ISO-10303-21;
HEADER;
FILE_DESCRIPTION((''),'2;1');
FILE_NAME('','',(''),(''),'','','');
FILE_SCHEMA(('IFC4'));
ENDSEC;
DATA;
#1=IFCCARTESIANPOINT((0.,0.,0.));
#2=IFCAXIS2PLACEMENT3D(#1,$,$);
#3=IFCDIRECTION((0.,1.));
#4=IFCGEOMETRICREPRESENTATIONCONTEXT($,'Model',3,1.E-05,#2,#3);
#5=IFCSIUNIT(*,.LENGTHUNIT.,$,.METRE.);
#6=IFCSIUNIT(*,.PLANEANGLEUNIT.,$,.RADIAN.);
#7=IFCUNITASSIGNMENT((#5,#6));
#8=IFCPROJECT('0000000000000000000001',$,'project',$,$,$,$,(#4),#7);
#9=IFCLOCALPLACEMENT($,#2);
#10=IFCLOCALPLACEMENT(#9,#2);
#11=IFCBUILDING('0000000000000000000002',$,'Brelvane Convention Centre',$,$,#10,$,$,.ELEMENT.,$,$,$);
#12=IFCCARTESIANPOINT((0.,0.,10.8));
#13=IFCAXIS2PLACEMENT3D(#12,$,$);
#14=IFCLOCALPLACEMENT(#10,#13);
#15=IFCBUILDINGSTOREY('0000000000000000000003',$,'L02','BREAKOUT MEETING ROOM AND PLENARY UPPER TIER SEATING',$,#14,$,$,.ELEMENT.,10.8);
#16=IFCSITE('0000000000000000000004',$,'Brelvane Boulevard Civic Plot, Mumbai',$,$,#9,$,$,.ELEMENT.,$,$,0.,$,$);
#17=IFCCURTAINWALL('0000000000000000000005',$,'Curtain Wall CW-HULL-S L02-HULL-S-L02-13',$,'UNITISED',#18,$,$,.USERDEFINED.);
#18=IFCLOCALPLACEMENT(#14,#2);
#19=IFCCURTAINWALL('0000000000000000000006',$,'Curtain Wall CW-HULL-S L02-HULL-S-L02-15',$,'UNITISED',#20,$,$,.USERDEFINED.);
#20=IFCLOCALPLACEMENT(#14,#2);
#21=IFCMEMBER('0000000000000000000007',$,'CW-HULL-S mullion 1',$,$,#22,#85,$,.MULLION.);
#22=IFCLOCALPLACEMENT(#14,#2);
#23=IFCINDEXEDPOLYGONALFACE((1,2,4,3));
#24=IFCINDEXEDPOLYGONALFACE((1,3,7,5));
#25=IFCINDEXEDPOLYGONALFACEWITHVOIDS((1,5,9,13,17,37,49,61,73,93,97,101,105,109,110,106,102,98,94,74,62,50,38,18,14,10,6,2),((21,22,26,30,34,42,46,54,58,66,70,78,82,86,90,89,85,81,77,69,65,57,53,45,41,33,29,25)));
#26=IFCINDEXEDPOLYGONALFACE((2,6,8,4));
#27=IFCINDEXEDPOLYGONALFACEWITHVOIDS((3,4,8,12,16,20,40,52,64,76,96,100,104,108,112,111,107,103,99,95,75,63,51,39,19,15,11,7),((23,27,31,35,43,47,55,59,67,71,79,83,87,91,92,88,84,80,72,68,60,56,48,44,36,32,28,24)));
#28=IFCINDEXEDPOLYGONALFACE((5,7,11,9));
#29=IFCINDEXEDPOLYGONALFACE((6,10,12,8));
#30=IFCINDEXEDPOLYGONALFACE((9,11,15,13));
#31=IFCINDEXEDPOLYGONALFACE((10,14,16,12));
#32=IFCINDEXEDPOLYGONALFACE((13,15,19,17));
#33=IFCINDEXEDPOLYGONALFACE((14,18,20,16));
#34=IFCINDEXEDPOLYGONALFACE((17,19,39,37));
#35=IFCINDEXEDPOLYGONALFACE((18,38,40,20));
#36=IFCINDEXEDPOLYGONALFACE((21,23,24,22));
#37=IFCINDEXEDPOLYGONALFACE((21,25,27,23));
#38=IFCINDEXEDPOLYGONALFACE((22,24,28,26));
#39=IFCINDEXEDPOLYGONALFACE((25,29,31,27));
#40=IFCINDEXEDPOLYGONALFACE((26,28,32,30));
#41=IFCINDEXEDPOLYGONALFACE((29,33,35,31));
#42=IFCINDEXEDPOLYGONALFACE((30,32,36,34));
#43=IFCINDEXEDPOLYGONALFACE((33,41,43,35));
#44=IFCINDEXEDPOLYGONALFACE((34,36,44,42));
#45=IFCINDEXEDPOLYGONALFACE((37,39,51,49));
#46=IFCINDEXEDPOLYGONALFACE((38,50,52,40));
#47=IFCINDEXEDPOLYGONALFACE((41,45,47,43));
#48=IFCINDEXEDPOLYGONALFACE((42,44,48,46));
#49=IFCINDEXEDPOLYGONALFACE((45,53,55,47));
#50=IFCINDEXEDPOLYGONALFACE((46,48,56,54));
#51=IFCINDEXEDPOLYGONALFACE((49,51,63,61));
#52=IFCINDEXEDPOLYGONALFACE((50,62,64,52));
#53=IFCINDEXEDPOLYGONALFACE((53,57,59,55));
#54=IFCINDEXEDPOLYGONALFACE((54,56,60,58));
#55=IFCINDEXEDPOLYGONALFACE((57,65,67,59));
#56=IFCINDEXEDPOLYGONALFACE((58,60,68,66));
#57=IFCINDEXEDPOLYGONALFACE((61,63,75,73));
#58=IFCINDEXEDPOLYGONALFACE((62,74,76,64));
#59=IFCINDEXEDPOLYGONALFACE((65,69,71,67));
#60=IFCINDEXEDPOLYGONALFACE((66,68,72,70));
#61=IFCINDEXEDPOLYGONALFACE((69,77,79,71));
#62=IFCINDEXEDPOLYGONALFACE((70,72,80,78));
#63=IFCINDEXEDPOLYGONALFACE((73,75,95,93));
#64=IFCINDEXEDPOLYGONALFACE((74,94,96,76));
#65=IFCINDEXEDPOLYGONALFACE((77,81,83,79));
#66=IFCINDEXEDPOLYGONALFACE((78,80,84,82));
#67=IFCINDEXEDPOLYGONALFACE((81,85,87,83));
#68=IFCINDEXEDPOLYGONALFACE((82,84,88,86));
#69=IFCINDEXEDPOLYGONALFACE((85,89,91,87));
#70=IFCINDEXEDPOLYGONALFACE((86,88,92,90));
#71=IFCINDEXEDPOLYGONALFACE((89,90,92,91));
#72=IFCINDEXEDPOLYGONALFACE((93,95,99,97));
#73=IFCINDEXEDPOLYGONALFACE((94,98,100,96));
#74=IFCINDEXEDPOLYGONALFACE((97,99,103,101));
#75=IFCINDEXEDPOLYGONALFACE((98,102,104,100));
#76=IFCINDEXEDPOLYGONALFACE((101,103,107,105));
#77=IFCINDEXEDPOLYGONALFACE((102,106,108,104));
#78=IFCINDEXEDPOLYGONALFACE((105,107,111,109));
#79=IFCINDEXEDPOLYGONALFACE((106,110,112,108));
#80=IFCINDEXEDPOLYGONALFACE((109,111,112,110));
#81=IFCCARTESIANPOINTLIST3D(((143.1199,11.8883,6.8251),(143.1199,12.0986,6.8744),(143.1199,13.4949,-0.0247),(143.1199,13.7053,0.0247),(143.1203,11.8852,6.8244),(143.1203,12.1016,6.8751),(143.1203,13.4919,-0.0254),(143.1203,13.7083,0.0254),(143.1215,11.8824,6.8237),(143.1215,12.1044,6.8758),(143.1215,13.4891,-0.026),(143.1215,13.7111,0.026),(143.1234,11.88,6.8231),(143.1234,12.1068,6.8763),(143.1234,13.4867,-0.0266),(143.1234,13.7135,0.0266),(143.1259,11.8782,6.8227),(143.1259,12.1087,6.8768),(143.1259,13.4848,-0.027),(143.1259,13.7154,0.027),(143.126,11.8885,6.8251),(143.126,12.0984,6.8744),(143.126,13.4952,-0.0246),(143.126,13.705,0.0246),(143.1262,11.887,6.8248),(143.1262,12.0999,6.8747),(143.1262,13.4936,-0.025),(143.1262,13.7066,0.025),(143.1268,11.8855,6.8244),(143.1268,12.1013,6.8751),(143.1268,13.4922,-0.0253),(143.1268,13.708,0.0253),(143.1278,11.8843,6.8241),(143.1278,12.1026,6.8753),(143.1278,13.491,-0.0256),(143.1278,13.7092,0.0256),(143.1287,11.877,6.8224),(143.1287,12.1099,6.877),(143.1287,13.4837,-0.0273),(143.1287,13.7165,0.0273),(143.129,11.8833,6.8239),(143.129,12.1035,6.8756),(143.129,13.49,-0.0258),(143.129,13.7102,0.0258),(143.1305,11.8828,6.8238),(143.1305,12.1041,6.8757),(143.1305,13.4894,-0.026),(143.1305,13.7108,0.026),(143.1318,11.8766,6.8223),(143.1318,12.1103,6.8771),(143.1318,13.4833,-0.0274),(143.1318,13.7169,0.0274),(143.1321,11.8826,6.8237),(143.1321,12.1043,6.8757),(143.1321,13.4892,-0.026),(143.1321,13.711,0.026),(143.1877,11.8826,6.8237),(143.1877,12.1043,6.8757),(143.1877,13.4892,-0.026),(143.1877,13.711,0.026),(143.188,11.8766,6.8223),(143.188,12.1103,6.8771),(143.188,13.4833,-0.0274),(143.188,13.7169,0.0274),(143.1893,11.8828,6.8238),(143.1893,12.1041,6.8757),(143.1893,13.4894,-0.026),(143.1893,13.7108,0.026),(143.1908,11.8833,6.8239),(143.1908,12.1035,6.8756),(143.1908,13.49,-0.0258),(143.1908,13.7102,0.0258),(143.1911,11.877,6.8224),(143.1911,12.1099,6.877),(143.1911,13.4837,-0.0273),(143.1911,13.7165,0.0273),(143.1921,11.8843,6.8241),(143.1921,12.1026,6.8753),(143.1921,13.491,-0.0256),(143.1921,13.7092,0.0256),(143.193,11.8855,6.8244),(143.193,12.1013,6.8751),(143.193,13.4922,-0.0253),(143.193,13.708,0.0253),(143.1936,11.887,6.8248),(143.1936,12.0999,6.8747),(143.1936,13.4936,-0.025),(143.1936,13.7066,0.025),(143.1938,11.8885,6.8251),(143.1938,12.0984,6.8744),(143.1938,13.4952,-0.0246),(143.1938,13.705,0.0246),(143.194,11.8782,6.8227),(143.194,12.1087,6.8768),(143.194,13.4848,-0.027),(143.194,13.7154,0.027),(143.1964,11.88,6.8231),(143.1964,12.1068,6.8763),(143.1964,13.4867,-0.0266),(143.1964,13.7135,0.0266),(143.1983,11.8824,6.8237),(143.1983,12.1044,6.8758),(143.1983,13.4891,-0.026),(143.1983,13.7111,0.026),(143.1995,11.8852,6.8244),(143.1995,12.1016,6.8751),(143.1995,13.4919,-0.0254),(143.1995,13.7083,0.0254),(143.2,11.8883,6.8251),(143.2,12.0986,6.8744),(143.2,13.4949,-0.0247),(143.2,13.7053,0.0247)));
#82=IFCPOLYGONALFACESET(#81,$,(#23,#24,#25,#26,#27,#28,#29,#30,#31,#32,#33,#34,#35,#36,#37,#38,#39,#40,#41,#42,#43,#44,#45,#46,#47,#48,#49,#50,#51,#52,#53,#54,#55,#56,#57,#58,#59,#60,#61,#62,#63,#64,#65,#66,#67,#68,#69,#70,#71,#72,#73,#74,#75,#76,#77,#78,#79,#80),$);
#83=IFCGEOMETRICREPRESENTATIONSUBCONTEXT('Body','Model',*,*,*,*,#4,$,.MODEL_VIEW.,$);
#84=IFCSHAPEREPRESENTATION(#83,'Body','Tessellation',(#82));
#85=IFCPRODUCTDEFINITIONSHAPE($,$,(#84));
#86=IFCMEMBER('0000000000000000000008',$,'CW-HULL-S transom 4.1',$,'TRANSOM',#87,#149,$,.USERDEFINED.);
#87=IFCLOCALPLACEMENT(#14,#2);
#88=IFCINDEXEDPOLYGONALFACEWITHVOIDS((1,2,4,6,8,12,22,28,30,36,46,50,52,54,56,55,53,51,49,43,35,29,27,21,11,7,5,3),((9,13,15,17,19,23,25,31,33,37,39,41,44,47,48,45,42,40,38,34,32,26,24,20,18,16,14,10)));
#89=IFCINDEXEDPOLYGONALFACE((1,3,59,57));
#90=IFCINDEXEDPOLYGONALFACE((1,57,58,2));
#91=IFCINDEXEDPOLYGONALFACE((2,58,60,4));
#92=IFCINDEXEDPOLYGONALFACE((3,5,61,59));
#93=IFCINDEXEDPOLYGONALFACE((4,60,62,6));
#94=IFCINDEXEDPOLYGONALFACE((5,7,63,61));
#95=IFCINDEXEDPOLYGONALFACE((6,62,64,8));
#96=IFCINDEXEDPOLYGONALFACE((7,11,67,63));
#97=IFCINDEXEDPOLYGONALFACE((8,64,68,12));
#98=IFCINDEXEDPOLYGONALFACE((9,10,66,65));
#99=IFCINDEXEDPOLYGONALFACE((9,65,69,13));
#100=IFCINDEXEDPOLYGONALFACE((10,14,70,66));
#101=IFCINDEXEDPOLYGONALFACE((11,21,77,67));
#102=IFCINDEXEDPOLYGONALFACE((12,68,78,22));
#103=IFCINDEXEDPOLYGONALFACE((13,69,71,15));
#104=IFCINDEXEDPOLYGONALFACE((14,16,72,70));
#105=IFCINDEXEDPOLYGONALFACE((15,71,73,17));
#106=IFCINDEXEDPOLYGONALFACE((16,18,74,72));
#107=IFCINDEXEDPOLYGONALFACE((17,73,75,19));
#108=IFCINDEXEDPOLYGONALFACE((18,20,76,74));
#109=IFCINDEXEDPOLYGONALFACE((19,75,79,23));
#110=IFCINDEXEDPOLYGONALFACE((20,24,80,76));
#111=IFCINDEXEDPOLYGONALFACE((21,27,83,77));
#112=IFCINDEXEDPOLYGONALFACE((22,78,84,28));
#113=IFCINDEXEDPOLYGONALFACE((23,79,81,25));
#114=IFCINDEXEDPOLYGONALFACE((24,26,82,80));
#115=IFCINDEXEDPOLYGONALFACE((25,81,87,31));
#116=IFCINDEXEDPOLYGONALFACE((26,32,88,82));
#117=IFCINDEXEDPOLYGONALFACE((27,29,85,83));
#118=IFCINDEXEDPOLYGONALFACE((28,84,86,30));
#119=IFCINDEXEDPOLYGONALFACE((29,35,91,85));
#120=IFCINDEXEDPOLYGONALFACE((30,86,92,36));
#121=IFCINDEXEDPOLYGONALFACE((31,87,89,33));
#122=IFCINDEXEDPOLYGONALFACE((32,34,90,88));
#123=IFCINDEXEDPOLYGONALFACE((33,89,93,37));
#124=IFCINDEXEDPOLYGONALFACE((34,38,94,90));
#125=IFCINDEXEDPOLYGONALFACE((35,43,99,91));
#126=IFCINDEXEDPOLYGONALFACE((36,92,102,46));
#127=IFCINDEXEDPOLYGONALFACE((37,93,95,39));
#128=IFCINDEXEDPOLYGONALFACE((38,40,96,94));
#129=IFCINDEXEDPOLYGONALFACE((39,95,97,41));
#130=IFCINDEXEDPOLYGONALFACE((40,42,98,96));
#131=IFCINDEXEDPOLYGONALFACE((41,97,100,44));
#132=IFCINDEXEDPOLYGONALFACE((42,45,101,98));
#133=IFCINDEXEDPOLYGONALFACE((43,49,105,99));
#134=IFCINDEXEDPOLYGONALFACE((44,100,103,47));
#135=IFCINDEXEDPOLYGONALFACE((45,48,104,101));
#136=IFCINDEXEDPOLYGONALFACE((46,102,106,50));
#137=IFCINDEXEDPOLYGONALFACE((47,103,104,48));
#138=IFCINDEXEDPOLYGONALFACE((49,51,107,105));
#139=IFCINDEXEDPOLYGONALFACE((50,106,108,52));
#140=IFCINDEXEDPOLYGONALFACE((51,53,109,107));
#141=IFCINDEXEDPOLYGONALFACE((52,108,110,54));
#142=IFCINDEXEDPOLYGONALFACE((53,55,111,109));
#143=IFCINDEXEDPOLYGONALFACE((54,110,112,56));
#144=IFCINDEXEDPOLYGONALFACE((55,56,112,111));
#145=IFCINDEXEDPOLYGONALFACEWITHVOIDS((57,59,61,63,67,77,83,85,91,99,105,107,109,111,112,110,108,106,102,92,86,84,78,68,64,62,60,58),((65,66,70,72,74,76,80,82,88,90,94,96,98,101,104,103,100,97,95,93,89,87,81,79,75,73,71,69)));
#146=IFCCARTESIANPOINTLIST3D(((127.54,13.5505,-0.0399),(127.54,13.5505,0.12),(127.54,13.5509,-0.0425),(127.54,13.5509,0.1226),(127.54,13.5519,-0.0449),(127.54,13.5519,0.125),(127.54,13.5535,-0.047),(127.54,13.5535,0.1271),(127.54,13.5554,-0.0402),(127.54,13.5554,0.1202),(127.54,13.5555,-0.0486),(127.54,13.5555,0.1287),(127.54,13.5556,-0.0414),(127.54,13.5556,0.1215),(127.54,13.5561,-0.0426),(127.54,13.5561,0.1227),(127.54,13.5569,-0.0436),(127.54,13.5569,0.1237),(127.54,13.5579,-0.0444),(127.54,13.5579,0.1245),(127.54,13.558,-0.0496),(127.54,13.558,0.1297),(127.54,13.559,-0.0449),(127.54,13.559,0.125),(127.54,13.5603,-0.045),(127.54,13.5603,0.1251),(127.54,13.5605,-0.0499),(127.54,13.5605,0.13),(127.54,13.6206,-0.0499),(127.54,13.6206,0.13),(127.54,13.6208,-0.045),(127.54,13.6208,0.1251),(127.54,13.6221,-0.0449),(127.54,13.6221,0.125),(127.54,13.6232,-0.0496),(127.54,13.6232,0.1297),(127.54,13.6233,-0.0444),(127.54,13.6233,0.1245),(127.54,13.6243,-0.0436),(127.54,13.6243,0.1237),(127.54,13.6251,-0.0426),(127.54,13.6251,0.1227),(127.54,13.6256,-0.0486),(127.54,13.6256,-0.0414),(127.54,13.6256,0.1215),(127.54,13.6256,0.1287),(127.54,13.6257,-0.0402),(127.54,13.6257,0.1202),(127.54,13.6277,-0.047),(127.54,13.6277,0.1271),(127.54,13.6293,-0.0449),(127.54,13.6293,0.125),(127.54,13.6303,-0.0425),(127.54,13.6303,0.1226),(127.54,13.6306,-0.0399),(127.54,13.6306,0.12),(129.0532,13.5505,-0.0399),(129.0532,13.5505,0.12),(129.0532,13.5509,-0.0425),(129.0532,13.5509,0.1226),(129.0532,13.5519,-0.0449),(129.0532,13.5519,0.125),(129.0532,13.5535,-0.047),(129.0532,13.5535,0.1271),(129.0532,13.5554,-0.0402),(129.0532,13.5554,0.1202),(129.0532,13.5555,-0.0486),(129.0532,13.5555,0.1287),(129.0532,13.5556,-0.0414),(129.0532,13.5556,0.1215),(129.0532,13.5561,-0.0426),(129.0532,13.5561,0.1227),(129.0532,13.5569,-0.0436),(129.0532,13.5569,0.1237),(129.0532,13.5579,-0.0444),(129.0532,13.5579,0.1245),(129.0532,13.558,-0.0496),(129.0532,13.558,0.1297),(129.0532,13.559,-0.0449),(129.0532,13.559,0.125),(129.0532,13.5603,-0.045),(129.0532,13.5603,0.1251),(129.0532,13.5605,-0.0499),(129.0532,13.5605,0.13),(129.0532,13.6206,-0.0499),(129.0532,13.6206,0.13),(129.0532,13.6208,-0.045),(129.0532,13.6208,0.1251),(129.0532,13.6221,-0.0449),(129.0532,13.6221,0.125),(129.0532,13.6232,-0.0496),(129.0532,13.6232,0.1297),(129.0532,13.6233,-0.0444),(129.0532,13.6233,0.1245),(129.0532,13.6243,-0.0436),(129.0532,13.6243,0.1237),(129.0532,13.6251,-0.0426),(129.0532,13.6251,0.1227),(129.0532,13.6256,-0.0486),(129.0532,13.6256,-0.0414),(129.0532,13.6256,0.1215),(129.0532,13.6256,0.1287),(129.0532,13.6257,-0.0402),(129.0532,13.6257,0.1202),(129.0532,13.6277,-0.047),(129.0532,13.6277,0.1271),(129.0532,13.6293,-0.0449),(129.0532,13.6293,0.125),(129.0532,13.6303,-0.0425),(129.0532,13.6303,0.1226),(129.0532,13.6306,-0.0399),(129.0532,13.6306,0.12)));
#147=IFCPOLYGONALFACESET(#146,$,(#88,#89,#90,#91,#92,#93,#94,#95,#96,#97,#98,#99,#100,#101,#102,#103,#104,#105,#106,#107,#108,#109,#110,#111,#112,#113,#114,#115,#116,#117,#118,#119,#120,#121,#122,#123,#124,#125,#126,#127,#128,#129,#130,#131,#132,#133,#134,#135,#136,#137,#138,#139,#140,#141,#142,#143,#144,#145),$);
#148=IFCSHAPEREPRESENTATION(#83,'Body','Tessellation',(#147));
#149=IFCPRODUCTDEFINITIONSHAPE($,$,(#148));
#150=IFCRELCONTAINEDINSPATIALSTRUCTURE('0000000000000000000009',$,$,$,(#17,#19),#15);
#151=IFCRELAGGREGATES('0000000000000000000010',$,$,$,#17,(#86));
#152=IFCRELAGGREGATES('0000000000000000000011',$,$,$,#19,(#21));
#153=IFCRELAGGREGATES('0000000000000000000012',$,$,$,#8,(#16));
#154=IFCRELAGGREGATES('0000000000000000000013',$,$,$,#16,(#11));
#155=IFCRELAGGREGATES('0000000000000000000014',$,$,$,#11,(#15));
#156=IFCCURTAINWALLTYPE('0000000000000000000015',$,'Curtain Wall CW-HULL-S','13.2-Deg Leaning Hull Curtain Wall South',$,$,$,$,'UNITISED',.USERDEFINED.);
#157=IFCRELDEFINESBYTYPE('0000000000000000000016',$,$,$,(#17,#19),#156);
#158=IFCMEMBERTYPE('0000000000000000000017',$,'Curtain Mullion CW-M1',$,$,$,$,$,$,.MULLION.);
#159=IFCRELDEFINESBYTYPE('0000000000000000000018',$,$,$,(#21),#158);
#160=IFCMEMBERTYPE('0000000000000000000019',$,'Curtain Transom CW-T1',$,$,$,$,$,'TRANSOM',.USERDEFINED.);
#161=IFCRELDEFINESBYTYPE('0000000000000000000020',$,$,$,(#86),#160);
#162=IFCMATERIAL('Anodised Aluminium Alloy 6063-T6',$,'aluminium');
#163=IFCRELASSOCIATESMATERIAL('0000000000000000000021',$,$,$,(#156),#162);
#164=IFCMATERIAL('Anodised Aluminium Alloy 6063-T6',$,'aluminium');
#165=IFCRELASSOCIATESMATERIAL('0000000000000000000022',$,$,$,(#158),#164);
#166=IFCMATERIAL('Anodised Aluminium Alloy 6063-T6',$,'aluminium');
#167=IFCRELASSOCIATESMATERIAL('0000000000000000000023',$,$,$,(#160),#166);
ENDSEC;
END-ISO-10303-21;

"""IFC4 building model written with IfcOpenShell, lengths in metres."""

from ifc_helpers import new_model, si_unit, direction, frame, origin, origin_2d, place, context, subcontext, project, spatial, hollow_rectangle, extrude, material, material_profile, profile_set, type_object, element, aggregate, save


model = new_model("IFC4")

# Units and contexts
model_context = context("Model", 3, precision=1e-05, world=origin(), true_north=direction((0.0, 1.0)))
body_context = subcontext(model_context, "Body", "Model", "MODEL_VIEW")
ifc_project = project(units=[si_unit("LENGTHUNIT", "METRE"), si_unit("PLANEANGLEUNIT", "RADIAN")], contexts=[model_context])

# Site, building, storey
site_placement = place(None, origin())
site = spatial("IfcSite", under=ifc_project, at=site_placement, Name="Brelvane Boulevard Civic Plot, Mumbai", CompositionType="ELEMENT", RefElevation=0.0)
building_placement = place(site_placement, origin())
building = spatial("IfcBuilding", under=site, at=building_placement, Name="Brelvane Convention Centre", CompositionType="ELEMENT")
storey_placement = place(building_placement, frame((0.0, 0.0, 10.8)))
storey = spatial("IfcBuildingStorey", under=building, at=storey_placement, Name="L02", Description="BREAKOUT MEETING ROOM AND PLENARY UPPER TIER SEATING", CompositionType="ELEMENT", Elevation=10.8)

# Curtain wall
ifc_material_1 = material(Name="Anodised Aluminium Alloy 6063-T6", Category="aluminium")
curtain_wall_type = type_object("IfcCurtainWallType", Name="Curtain Wall CW-HULL-S", Description="13.2-Deg Leaning Hull Curtain Wall South", ElementType="UNITISED", PredefinedType="USERDEFINED", material=ifc_material_1)
curtain_wall_1_placement = place(storey_placement, origin())
curtain_wall_1 = element("IfcCurtainWall", 1, at=curtain_wall_1_placement, inside=storey, type_object=curtain_wall_type, Name="Curtain Wall CW-HULL-S L02-HULL-S-L02-13", ObjectType="UNITISED", PredefinedType="USERDEFINED")
ifc_material_2 = material(Name="Anodised Aluminium Alloy 6063-T6", Category="aluminium")
ifc_material_profile_1 = material_profile(ifc_material_2, hollow_rectangle(XDim=0.0801, YDim=0.24, WallThickness=0.0061, InnerFilletRadius=0.0061, OuterFilletRadius=0.012, at=origin_2d()), Name="ALU-M 240x80x6.0")
ifc_profile_set_1 = profile_set([ifc_material_profile_1], Name="Anodised Aluminium Alloy 6063-T6")
member_type_1 = type_object("IfcMemberType", Name="Curtain Mullion CW-M1", PredefinedType="MULLION", material=ifc_profile_set_1)

# Curtain wall, member
curtain_wall_2_placement = place(storey_placement, origin())
curtain_wall_2 = element("IfcCurtainWall", 2, at=curtain_wall_2_placement, inside=storey, type_object=curtain_wall_type, Name="Curtain Wall CW-HULL-S L02-HULL-S-L02-15", ObjectType="UNITISED", PredefinedType="USERDEFINED")
member_1_placement = place(storey_placement, frame((143.1599, 13.6001, 0.0), z_axis=(0.0, -0.22836, 0.973577), x_axis=(1.0, 0.0, 0.0)))
member_1 = element("IfcMember", 3, at=member_1_placement, type_object=member_type_1, Name="CW-HULL-S mullion 1", PredefinedType="MULLION", context=body_context, shape_type="SweptSolid", body=[
    extrude(hollow_rectangle(XDim=0.0801, YDim=0.24, WallThickness=0.0061, InnerFilletRadius=0.0061, OuterFilletRadius=0.012, at=origin_2d()), origin(), (0.0, 0.0, 1.0), 7.0356),
])

# Member
ifc_material_3 = material(Name="Anodised Aluminium Alloy 6063-T6", Category="aluminium")
ifc_material_profile_2 = material_profile(ifc_material_3, hollow_rectangle(XDim=0.0801, YDim=0.1799, WallThickness=0.0049, InnerFilletRadius=0.0049, OuterFilletRadius=0.01, at=origin_2d()), Name="ALU-T 180x80x5.0")
ifc_profile_set_2 = profile_set([ifc_material_profile_2], Name="Anodised Aluminium Alloy 6063-T6")
member_type_2 = type_object("IfcMemberType", Name="Curtain Transom CW-T1", ElementType="TRANSOM", PredefinedType="USERDEFINED", material=ifc_profile_set_2)
member_2_placement = place(storey_placement, frame((127.54, 13.5906, 0.04), z_axis=(1.0, 0.0, 0.0), x_axis=(0.0, 1.0, 0.0)))
member_2 = element("IfcMember", 4, at=member_2_placement, type_object=member_type_2, Name="CW-HULL-S transom 4.1", ObjectType="TRANSOM", PredefinedType="USERDEFINED", context=body_context, shape_type="SweptSolid", body=[
    extrude(hollow_rectangle(XDim=0.0801, YDim=0.1799, WallThickness=0.0049, InnerFilletRadius=0.0049, OuterFilletRadius=0.01, at=origin_2d()), origin(), (0.0, 0.0, 1.0), 1.5132),
])
aggregate(curtain_wall_1, [member_2])

aggregate(curtain_wall_2, [member_1])

save(model, "model.ifc")
